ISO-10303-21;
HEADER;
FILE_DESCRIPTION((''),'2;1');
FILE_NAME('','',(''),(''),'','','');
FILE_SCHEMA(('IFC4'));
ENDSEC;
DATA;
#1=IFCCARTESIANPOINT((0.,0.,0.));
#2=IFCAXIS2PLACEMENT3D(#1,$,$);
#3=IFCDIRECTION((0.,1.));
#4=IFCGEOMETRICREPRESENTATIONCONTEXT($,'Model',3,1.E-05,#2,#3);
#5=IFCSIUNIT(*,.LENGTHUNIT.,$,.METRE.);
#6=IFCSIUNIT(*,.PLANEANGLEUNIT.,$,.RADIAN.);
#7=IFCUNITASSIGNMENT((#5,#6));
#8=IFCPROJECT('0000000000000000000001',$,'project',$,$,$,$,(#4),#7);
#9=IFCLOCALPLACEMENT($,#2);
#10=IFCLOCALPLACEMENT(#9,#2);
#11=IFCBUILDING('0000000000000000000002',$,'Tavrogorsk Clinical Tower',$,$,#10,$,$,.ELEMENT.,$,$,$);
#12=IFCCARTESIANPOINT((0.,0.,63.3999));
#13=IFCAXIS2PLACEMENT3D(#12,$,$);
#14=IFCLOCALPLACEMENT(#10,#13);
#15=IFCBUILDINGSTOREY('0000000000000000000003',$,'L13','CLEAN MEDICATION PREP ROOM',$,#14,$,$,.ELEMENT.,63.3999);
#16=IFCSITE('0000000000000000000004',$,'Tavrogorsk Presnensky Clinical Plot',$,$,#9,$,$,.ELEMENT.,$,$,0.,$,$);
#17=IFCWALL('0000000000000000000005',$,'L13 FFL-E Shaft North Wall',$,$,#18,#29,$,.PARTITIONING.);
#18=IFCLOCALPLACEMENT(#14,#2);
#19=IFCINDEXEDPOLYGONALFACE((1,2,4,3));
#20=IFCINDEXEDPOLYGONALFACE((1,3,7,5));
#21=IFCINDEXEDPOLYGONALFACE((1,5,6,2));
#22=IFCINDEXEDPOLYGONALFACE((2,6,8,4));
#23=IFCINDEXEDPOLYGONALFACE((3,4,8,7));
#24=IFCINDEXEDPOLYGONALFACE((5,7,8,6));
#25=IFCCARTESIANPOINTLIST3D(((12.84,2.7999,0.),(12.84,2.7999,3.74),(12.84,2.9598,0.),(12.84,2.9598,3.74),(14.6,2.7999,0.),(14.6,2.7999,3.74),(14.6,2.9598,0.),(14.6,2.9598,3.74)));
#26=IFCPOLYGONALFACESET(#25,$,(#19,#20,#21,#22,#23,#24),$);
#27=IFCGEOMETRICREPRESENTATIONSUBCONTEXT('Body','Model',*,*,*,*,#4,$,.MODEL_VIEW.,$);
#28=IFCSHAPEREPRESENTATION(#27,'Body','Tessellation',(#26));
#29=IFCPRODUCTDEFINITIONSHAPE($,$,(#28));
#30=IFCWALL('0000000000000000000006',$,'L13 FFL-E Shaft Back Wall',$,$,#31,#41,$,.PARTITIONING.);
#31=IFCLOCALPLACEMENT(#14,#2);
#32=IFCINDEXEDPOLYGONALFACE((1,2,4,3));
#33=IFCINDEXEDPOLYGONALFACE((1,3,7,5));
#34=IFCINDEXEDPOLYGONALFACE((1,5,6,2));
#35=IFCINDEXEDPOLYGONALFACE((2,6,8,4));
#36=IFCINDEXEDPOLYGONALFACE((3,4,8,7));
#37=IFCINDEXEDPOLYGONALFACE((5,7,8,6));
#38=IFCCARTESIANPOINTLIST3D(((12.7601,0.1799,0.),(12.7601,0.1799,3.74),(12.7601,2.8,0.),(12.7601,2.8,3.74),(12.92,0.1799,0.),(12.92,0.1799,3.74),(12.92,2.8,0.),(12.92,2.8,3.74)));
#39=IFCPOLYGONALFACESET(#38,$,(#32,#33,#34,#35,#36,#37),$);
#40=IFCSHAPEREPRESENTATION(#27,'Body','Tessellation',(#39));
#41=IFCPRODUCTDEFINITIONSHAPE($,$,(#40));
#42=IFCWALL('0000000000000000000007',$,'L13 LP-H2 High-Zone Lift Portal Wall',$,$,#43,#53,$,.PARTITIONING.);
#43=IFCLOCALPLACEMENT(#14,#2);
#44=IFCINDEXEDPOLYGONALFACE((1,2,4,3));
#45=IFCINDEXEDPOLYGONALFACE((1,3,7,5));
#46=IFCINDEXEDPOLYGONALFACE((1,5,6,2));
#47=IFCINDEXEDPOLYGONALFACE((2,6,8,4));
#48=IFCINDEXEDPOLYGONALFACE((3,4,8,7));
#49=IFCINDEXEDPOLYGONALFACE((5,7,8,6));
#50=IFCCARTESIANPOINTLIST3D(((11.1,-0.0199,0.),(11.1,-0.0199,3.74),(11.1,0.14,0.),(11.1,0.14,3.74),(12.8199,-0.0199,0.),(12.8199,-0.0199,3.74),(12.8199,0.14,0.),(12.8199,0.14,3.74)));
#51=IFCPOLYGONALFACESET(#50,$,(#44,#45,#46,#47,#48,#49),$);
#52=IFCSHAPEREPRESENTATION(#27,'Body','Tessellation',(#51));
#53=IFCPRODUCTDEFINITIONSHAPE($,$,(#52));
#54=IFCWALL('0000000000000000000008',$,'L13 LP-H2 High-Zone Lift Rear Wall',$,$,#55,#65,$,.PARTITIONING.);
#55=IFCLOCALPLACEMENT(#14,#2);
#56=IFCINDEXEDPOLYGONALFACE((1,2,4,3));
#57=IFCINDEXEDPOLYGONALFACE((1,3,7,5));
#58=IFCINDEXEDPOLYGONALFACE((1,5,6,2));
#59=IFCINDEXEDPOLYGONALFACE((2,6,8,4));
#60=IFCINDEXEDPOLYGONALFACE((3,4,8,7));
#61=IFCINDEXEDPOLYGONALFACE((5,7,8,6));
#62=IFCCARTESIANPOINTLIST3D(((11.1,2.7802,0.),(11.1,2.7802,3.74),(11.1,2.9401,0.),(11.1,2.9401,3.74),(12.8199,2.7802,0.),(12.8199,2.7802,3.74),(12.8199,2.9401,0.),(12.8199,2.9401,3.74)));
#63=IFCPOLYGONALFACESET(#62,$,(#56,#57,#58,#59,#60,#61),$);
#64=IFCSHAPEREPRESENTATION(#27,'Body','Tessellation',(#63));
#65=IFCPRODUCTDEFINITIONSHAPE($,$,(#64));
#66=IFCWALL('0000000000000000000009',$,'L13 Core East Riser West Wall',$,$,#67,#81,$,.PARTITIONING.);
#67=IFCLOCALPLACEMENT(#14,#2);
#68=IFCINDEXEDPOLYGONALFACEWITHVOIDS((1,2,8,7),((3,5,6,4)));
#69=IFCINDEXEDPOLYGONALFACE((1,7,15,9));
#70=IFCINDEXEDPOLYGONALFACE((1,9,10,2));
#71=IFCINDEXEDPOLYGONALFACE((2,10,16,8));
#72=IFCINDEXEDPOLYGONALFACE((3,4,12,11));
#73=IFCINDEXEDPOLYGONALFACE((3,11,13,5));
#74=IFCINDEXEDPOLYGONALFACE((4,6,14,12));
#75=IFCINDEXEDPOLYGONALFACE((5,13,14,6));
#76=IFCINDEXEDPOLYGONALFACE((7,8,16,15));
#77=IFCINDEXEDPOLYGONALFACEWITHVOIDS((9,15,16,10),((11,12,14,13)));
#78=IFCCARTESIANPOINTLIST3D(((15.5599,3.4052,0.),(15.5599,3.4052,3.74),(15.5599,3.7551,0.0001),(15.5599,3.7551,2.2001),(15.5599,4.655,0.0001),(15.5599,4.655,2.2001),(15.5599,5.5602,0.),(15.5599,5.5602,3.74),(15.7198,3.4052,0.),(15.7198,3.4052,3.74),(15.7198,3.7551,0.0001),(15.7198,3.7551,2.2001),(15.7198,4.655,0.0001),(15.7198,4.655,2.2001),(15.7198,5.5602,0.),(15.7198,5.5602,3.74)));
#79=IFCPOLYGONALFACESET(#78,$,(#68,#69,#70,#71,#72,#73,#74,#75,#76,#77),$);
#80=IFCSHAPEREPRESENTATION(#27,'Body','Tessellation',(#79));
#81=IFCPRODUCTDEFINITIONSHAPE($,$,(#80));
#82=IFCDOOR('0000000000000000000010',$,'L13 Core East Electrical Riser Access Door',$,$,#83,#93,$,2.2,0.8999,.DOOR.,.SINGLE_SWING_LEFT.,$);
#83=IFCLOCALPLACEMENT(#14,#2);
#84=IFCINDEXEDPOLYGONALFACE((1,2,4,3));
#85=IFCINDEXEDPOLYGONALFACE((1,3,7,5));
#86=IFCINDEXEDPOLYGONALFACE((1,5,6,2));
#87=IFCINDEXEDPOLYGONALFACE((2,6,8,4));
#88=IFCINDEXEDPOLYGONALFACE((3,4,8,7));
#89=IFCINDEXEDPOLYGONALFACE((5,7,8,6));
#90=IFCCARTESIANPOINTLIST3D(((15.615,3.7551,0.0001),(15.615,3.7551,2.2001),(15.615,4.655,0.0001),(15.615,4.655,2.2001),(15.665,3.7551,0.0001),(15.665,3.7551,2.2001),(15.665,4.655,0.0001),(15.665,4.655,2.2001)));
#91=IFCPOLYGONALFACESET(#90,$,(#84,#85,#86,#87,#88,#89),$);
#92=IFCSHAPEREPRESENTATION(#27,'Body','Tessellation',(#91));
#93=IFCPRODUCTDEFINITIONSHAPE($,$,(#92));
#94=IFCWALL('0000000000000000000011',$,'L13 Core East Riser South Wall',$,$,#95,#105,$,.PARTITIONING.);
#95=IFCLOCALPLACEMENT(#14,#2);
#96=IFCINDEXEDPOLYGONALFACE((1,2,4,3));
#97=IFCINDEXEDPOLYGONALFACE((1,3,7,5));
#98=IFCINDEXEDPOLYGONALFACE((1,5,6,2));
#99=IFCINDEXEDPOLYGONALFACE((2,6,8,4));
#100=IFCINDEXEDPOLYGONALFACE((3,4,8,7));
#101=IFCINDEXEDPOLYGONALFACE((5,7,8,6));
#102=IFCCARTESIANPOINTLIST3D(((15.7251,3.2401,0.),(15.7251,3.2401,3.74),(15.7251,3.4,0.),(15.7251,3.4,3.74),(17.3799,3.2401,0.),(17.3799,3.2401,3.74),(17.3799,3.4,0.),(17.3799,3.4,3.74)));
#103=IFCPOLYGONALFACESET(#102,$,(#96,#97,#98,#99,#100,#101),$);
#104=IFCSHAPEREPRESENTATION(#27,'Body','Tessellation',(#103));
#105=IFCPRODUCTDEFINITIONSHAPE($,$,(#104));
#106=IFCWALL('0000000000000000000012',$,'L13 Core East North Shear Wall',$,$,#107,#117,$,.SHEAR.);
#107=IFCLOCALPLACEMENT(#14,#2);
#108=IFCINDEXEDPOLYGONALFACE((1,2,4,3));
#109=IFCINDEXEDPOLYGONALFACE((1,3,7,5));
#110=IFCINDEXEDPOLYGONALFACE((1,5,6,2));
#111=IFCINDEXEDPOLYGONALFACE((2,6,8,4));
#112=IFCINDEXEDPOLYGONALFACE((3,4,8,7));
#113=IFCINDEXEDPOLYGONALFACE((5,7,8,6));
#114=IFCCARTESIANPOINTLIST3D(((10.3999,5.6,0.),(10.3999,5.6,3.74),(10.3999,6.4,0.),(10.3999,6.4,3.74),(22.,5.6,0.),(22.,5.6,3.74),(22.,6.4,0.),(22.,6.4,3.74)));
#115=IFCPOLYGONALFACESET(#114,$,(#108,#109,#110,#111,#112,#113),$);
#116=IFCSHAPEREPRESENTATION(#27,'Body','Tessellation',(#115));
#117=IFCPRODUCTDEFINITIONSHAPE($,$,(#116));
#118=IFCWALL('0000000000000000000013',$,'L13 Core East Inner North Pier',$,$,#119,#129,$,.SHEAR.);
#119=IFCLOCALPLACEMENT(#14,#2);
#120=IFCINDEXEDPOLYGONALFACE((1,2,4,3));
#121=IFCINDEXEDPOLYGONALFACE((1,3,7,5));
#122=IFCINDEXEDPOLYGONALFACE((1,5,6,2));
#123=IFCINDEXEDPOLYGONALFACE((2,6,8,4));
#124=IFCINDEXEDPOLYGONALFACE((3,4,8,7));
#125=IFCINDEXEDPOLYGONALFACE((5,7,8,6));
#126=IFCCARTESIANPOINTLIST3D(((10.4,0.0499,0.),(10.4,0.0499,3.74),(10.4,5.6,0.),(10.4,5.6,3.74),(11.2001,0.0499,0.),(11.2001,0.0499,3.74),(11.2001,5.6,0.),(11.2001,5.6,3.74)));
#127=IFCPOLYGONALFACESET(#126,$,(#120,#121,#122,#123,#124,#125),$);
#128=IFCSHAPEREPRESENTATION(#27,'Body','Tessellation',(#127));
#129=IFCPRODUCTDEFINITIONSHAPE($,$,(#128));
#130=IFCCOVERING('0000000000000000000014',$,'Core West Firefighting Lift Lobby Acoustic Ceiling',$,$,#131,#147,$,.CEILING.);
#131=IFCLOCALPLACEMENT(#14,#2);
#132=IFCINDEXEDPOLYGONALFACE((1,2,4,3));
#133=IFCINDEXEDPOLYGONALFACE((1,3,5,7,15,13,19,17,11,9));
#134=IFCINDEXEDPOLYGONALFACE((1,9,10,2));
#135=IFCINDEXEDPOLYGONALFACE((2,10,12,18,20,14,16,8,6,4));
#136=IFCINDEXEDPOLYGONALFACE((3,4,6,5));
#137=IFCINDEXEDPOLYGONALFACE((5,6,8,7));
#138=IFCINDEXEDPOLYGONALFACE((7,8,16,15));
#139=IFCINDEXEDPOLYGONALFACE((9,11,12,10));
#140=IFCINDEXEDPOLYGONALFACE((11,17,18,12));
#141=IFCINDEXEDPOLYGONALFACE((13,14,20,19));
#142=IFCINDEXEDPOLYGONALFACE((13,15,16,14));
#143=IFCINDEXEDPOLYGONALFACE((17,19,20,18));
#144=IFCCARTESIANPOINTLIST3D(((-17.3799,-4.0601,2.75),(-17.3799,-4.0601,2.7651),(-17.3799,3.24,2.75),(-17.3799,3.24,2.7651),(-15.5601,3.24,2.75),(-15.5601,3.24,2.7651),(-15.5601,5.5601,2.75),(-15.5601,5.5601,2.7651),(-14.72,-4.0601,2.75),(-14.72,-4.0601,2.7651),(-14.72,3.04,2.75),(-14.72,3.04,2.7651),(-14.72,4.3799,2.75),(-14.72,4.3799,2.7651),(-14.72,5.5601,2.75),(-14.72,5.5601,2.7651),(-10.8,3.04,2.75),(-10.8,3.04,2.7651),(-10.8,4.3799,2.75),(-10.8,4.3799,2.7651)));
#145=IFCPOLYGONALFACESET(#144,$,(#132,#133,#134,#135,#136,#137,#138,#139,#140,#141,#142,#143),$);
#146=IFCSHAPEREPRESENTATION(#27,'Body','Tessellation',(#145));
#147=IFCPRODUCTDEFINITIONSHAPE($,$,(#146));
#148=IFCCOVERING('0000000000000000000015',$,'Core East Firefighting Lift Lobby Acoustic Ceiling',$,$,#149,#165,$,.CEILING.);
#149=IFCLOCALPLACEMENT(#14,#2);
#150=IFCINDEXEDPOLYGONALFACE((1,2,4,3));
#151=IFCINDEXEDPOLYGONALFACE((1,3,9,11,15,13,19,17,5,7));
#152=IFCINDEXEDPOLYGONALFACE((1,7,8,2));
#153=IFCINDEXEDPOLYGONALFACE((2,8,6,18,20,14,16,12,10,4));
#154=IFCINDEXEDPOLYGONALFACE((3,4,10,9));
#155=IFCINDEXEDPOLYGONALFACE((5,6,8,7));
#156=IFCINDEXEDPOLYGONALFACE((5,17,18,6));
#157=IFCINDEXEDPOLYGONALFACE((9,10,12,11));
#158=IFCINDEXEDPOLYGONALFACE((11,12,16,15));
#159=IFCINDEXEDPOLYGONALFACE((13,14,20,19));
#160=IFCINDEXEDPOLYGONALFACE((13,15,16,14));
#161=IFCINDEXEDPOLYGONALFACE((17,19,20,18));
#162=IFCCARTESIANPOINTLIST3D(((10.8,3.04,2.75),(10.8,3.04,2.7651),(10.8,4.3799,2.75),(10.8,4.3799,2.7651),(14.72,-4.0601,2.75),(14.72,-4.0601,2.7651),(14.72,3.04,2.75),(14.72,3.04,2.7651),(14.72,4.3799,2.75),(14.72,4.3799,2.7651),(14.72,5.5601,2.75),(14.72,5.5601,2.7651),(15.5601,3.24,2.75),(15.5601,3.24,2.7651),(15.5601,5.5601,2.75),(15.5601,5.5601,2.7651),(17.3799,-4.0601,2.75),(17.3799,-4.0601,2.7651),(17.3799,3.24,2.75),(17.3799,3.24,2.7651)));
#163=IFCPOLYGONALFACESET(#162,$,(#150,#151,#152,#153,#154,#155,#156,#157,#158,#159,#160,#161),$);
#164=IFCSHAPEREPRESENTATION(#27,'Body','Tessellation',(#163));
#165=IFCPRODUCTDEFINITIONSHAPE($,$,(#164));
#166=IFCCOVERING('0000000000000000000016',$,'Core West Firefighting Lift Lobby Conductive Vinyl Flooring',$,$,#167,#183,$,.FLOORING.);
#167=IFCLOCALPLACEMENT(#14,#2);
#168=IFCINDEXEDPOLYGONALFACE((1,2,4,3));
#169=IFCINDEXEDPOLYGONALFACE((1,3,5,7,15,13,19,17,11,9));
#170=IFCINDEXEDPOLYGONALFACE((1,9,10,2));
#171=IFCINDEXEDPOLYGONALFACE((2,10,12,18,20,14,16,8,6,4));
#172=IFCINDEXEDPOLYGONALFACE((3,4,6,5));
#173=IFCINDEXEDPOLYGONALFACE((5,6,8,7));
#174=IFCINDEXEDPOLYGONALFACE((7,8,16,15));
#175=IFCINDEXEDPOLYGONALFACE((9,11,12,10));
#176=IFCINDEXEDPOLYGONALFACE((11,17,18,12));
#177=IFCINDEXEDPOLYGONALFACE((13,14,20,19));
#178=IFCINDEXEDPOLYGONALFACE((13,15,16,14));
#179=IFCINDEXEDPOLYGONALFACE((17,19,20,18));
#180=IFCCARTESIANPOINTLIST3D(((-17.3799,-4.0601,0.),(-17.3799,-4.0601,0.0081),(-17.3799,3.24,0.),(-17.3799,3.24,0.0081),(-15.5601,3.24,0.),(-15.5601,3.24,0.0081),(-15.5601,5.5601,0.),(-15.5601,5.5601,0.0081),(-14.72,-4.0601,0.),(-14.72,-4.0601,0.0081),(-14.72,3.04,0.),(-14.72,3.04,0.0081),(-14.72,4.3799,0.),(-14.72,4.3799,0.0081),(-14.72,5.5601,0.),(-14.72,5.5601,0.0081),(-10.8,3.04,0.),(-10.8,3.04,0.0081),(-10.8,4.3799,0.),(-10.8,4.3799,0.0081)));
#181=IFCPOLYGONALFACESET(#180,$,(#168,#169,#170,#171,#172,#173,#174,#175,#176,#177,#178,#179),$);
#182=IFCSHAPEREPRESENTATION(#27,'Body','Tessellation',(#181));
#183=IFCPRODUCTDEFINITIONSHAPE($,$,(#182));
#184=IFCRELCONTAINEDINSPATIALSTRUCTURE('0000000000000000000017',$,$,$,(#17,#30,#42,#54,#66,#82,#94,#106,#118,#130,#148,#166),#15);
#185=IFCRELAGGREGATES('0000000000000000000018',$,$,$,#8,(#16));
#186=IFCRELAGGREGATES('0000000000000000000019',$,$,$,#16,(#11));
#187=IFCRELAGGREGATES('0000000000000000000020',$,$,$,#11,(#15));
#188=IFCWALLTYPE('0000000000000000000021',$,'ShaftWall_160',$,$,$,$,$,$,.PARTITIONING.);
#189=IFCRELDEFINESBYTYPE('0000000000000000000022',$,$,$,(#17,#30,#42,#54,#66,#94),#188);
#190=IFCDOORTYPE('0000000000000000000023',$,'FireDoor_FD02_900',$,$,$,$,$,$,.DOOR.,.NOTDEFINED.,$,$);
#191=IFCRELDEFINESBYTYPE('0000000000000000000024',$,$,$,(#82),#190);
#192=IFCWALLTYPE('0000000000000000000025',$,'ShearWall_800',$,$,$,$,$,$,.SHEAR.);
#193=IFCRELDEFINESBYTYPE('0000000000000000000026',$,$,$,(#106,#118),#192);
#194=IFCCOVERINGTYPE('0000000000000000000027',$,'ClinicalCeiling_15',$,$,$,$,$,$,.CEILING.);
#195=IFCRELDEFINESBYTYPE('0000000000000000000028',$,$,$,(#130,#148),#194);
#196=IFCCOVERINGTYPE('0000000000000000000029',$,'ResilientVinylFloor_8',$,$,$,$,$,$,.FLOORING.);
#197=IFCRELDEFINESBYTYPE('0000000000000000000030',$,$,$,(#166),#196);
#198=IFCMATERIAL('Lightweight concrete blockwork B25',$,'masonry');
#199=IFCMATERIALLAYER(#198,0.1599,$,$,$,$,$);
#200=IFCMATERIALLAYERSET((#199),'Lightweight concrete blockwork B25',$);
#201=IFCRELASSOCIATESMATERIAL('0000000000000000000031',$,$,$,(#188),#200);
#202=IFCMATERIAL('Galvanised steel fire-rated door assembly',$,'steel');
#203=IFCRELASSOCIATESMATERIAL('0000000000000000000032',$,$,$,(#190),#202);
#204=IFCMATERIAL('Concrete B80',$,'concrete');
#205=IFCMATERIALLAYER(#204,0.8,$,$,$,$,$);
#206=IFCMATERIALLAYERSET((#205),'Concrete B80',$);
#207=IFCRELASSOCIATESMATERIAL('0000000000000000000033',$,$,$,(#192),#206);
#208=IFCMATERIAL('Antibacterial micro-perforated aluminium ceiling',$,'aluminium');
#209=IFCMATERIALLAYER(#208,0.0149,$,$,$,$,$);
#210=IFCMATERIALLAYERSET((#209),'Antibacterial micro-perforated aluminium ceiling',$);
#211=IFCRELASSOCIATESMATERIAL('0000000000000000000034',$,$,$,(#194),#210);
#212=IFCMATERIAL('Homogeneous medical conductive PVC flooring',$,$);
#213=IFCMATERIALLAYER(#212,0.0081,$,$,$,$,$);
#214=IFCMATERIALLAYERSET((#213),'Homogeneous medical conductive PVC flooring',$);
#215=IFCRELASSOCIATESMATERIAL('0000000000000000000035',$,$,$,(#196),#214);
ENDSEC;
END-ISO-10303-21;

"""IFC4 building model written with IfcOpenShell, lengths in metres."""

from ifc_helpers import new_model, si_unit, direction, frame, frame_2d, origin, place, context, subcontext, project, spatial, polyline, rectangle, outline, extrude, material, layer, layer_set, type_object, element, fill, save


model = new_model("IFC4")

# Units and contexts
model_context = context("Model", 3, precision=1e-05, world=origin(), true_north=direction((0.0, 1.0)))
body_context = subcontext(model_context, "Body", "Model", "MODEL_VIEW")
ifc_project = project(units=[si_unit("LENGTHUNIT", "METRE"), si_unit("PLANEANGLEUNIT", "RADIAN")], contexts=[model_context])

# Site, building, storey
site_placement = place(None, origin())
site = spatial("IfcSite", under=ifc_project, at=site_placement, Name="Tavrogorsk Presnensky Clinical Plot", CompositionType="ELEMENT", RefElevation=0.0)
building_placement = place(site_placement, origin())
building = spatial("IfcBuilding", under=site, at=building_placement, Name="Tavrogorsk Clinical Tower", CompositionType="ELEMENT")
storey_placement = place(building_placement, frame((0.0, 0.0, 63.3999)))
storey = spatial("IfcBuildingStorey", under=building, at=storey_placement, Name="L13", Description="CLEAN MEDICATION PREP ROOM", CompositionType="ELEMENT", Elevation=63.3999)

# Shared definitions
ifc_material_1 = material(Name="Lightweight concrete blockwork B25", Category="masonry")
ifc_layer_1 = layer(ifc_material_1, 0.1599)
ifc_layer_set_1 = layer_set([ifc_layer_1], Name="Lightweight concrete blockwork B25")
wall_type_1 = type_object("IfcWallType", Name="ShaftWall_160", PredefinedType="PARTITIONING", material=ifc_layer_set_1)

# Walls
for number, where, z_axis, x_axis, name in (
    (1, (12.8401, 2.8799, 0.0), (0.0, 0.0, 1.0), (1.0, 0.0, 0.0), "L13 FFL-E Shaft North Wall"),
):
    element("IfcWall", number, at=place(storey_placement, frame(where, z_axis=z_axis, x_axis=x_axis)), inside=storey, type_object=wall_type_1, Name=name, PredefinedType="PARTITIONING", context=body_context, shape_type="SweptSolid", body=[
        extrude(rectangle(XDim=1.76, YDim=0.1599, at=frame_2d((0.8799, 0.0))), origin(), (0.0, 0.0, 1.0), 3.74),
    ])
wall_1_placement = place(storey_placement, frame((12.8401, 0.1799, 0.0), z_axis=(0.0, 0.0, 1.0), x_axis=(0.0, 1.0, 0.0)))
element("IfcWall", 2, at=wall_1_placement, inside=storey, type_object=wall_type_1, Name="L13 FFL-E Shaft Back Wall", PredefinedType="PARTITIONING", context=body_context, shape_type="SweptSolid", body=[
    extrude(rectangle(XDim=2.6201, YDim=0.1599, at=frame_2d((1.3101, 0.0))), origin(), (0.0, 0.0, 1.0), 3.74),
])
for number, where, z_axis, x_axis, name in (
    (3, (11.1001, 0.0601, 0.0), (0.0, 0.0, 1.0), (1.0, 0.0, 0.0), "L13 LP-H2 High-Zone Lift Portal Wall"),
    (4, (11.1001, 2.8601, 0.0), (0.0, 0.0, 1.0), (1.0, 0.0, 0.0), "L13 LP-H2 High-Zone Lift Rear Wall"),
):
    element("IfcWall", number, at=place(storey_placement, frame(where, z_axis=z_axis, x_axis=x_axis)), inside=storey, type_object=wall_type_1, Name=name, PredefinedType="PARTITIONING", context=body_context, shape_type="SweptSolid", body=[
        extrude(rectangle(XDim=1.72, YDim=0.1599, at=frame_2d((0.8599, 0.0))), origin(), (0.0, 0.0, 1.0), 3.74),
    ])

# Wall, opening, door
wall_2_placement = place(storey_placement, frame((15.6399, 3.405, 0.0), z_axis=(0.0, 0.0, 1.0), x_axis=(0.0, 1.0, 0.0)))
wall_2 = element("IfcWall", 5, at=wall_2_placement, inside=storey, type_object=wall_type_1, Name="L13 Core East Riser West Wall", PredefinedType="PARTITIONING", context=body_context, shape_type="SweptSolid", body=[
    extrude(rectangle(XDim=2.155, YDim=0.1599, at=frame_2d((1.0776, 0.0))), origin(), (0.0, 0.0, 1.0), 3.74),
])
opening_1_placement = place(wall_2_placement, frame((0.3501, 0.0, 0.0)))
opening_1 = element("IfcOpeningElement", 6, at=opening_1_placement, cuts=wall_2, PredefinedType="OPENING", context=body_context, shape_type="SweptSolid", body=[
    extrude(rectangle(XDim=0.8999, YDim=2.2, at=frame_2d((0.45, 1.1001))), frame((0.0, 0.0898, 0.0), z_axis=(0.0, -1.0, 0.0), x_axis=(1.0, 0.0, 0.0)), (0.0, 0.0, 1.0), 0.1799),
])
ifc_material_2 = material(Name="Galvanised steel fire-rated door assembly", Category="steel")
door_type_1 = type_object("IfcDoorType", Name="FireDoor_FD02_900", OperationType="NOTDEFINED", PredefinedType="DOOR", material=ifc_material_2)
door_1_placement = place(opening_1_placement, origin())
door_1 = element("IfcDoor", 7, at=door_1_placement, inside=storey, type_object=door_type_1, Name="L13 Core East Electrical Riser Access Door", OperationType="SINGLE_SWING_LEFT", OverallHeight=2.2, OverallWidth=0.8999, PredefinedType="DOOR", context=body_context, shape_type="SweptSolid", body=[
    extrude(rectangle(XDim=0.8999, YDim=2.2, at=frame_2d((0.45, 1.1001))), frame((0.0, 0.0249, 0.0), z_axis=(0.0, -1.0, 0.0), x_axis=(1.0, 0.0, 0.0)), (0.0, 0.0, 1.0), 0.05),
])
fill(opening_1, door_1)

# Walls
wall_3_placement = place(storey_placement, frame((15.7251, 3.3201, 0.0), z_axis=(0.0, 0.0, 1.0), x_axis=(1.0, 0.0, 0.0)))
element("IfcWall", 8, at=wall_3_placement, inside=storey, type_object=wall_type_1, Name="L13 Core East Riser South Wall", PredefinedType="PARTITIONING", context=body_context, shape_type="SweptSolid", body=[
    extrude(rectangle(XDim=1.6548, YDim=0.1599, at=frame_2d((0.8274, 0.0))), origin(), (0.0, 0.0, 1.0), 3.74),
])
ifc_material_3 = material(Name="Concrete B80", Category="concrete")
ifc_layer_2 = layer(ifc_material_3, 0.8)
ifc_layer_set_2 = layer_set([ifc_layer_2], Name="Concrete B80")
wall_type_2 = type_object("IfcWallType", Name="ShearWall_800", PredefinedType="SHEAR", material=ifc_layer_set_2)
wall_4_placement = place(storey_placement, frame((10.3999, 6.0, 0.0), z_axis=(0.0, 0.0, 1.0), x_axis=(1.0, 0.0, 0.0)))
element("IfcWall", 9, at=wall_4_placement, inside=storey, type_object=wall_type_2, Name="L13 Core East North Shear Wall", PredefinedType="SHEAR", context=body_context, shape_type="SweptSolid", body=[
    extrude(rectangle(XDim=11.6001, YDim=0.8, at=frame_2d((5.8, 0.0))), origin(), (0.0, 0.0, 1.0), 3.74),
])
wall_5_placement = place(storey_placement, frame((10.8, 0.05, 0.0), z_axis=(0.0, 0.0, 1.0), x_axis=(0.0, 1.0, 0.0)))
element("IfcWall", 10, at=wall_5_placement, inside=storey, type_object=wall_type_2, Name="L13 Core East Inner North Pier", PredefinedType="SHEAR", context=body_context, shape_type="SweptSolid", body=[
    extrude(rectangle(XDim=5.55, YDim=0.8, at=frame_2d((2.7749, 0.0))), origin(), (0.0, 0.0, 1.0), 3.74),
])

# Coverings
ifc_material_4 = material(Name="Antibacterial micro-perforated aluminium ceiling", Category="aluminium")
ifc_layer_3 = layer(ifc_material_4, 0.0149)
ifc_layer_set_3 = layer_set([ifc_layer_3], Name="Antibacterial micro-perforated aluminium ceiling")
covering_type_1 = type_object("IfcCoveringType", Name="ClinicalCeiling_15", PredefinedType="CEILING", material=ifc_layer_set_3)
covering_1_placement = place(storey_placement, frame((0.0, 0.0, 2.75)))
element("IfcCovering", 11, at=covering_1_placement, inside=storey, type_object=covering_type_1, Name="Core West Firefighting Lift Lobby Acoustic Ceiling", PredefinedType="CEILING", context=body_context, shape_type="SweptSolid", body=[
    extrude(outline(polyline([(-14.72, 4.3799), (-10.8, 4.3799), (-10.8, 3.04), (-14.72, 3.04), (-14.72, -4.0601), (-17.3799, -4.0601), (-17.3799, 3.24), (-15.5601, 3.24), (-15.5601, 5.5601), (-14.72, 5.5601), (-14.72, 4.3799)])), origin(), (0.0, 0.0, 1.0), 0.0151),
])
covering_2_placement = place(storey_placement, frame((0.0, 0.0, 2.75)))
element("IfcCovering", 12, at=covering_2_placement, inside=storey, type_object=covering_type_1, Name="Core East Firefighting Lift Lobby Acoustic Ceiling", PredefinedType="CEILING", context=body_context, shape_type="SweptSolid", body=[
    extrude(outline(polyline([(14.72, -4.0601), (14.72, 3.04), (10.8, 3.04), (10.8, 4.3799), (14.72, 4.3799), (14.72, 5.5601), (15.5601, 5.5601), (15.5601, 3.24), (17.3799, 3.24), (17.3799, -4.0601), (14.72, -4.0601)])), origin(), (0.0, 0.0, 1.0), 0.0151),
])
ifc_material_5 = material(Name="Homogeneous medical conductive PVC flooring")
ifc_layer_4 = layer(ifc_material_5, 0.0081)
ifc_layer_set_4 = layer_set([ifc_layer_4], Name="Homogeneous medical conductive PVC flooring")
covering_type_2 = type_object("IfcCoveringType", Name="ResilientVinylFloor_8", PredefinedType="FLOORING", material=ifc_layer_set_4)
covering_3_placement = place(storey_placement, origin())
element("IfcCovering", 13, at=covering_3_placement, inside=storey, type_object=covering_type_2, Name="Core West Firefighting Lift Lobby Conductive Vinyl Flooring", PredefinedType="FLOORING", context=body_context, shape_type="SweptSolid", body=[
    extrude(outline(polyline([(-14.72, 4.3799), (-10.8, 4.3799), (-10.8, 3.04), (-14.72, 3.04), (-14.72, -4.0601), (-17.3799, -4.0601), (-17.3799, 3.24), (-15.5601, 3.24), (-15.5601, 5.5601), (-14.72, 5.5601), (-14.72, 4.3799)])), origin(), (0.0, 0.0, 1.0), 0.0081),
])

save(model, "model.ifc")
